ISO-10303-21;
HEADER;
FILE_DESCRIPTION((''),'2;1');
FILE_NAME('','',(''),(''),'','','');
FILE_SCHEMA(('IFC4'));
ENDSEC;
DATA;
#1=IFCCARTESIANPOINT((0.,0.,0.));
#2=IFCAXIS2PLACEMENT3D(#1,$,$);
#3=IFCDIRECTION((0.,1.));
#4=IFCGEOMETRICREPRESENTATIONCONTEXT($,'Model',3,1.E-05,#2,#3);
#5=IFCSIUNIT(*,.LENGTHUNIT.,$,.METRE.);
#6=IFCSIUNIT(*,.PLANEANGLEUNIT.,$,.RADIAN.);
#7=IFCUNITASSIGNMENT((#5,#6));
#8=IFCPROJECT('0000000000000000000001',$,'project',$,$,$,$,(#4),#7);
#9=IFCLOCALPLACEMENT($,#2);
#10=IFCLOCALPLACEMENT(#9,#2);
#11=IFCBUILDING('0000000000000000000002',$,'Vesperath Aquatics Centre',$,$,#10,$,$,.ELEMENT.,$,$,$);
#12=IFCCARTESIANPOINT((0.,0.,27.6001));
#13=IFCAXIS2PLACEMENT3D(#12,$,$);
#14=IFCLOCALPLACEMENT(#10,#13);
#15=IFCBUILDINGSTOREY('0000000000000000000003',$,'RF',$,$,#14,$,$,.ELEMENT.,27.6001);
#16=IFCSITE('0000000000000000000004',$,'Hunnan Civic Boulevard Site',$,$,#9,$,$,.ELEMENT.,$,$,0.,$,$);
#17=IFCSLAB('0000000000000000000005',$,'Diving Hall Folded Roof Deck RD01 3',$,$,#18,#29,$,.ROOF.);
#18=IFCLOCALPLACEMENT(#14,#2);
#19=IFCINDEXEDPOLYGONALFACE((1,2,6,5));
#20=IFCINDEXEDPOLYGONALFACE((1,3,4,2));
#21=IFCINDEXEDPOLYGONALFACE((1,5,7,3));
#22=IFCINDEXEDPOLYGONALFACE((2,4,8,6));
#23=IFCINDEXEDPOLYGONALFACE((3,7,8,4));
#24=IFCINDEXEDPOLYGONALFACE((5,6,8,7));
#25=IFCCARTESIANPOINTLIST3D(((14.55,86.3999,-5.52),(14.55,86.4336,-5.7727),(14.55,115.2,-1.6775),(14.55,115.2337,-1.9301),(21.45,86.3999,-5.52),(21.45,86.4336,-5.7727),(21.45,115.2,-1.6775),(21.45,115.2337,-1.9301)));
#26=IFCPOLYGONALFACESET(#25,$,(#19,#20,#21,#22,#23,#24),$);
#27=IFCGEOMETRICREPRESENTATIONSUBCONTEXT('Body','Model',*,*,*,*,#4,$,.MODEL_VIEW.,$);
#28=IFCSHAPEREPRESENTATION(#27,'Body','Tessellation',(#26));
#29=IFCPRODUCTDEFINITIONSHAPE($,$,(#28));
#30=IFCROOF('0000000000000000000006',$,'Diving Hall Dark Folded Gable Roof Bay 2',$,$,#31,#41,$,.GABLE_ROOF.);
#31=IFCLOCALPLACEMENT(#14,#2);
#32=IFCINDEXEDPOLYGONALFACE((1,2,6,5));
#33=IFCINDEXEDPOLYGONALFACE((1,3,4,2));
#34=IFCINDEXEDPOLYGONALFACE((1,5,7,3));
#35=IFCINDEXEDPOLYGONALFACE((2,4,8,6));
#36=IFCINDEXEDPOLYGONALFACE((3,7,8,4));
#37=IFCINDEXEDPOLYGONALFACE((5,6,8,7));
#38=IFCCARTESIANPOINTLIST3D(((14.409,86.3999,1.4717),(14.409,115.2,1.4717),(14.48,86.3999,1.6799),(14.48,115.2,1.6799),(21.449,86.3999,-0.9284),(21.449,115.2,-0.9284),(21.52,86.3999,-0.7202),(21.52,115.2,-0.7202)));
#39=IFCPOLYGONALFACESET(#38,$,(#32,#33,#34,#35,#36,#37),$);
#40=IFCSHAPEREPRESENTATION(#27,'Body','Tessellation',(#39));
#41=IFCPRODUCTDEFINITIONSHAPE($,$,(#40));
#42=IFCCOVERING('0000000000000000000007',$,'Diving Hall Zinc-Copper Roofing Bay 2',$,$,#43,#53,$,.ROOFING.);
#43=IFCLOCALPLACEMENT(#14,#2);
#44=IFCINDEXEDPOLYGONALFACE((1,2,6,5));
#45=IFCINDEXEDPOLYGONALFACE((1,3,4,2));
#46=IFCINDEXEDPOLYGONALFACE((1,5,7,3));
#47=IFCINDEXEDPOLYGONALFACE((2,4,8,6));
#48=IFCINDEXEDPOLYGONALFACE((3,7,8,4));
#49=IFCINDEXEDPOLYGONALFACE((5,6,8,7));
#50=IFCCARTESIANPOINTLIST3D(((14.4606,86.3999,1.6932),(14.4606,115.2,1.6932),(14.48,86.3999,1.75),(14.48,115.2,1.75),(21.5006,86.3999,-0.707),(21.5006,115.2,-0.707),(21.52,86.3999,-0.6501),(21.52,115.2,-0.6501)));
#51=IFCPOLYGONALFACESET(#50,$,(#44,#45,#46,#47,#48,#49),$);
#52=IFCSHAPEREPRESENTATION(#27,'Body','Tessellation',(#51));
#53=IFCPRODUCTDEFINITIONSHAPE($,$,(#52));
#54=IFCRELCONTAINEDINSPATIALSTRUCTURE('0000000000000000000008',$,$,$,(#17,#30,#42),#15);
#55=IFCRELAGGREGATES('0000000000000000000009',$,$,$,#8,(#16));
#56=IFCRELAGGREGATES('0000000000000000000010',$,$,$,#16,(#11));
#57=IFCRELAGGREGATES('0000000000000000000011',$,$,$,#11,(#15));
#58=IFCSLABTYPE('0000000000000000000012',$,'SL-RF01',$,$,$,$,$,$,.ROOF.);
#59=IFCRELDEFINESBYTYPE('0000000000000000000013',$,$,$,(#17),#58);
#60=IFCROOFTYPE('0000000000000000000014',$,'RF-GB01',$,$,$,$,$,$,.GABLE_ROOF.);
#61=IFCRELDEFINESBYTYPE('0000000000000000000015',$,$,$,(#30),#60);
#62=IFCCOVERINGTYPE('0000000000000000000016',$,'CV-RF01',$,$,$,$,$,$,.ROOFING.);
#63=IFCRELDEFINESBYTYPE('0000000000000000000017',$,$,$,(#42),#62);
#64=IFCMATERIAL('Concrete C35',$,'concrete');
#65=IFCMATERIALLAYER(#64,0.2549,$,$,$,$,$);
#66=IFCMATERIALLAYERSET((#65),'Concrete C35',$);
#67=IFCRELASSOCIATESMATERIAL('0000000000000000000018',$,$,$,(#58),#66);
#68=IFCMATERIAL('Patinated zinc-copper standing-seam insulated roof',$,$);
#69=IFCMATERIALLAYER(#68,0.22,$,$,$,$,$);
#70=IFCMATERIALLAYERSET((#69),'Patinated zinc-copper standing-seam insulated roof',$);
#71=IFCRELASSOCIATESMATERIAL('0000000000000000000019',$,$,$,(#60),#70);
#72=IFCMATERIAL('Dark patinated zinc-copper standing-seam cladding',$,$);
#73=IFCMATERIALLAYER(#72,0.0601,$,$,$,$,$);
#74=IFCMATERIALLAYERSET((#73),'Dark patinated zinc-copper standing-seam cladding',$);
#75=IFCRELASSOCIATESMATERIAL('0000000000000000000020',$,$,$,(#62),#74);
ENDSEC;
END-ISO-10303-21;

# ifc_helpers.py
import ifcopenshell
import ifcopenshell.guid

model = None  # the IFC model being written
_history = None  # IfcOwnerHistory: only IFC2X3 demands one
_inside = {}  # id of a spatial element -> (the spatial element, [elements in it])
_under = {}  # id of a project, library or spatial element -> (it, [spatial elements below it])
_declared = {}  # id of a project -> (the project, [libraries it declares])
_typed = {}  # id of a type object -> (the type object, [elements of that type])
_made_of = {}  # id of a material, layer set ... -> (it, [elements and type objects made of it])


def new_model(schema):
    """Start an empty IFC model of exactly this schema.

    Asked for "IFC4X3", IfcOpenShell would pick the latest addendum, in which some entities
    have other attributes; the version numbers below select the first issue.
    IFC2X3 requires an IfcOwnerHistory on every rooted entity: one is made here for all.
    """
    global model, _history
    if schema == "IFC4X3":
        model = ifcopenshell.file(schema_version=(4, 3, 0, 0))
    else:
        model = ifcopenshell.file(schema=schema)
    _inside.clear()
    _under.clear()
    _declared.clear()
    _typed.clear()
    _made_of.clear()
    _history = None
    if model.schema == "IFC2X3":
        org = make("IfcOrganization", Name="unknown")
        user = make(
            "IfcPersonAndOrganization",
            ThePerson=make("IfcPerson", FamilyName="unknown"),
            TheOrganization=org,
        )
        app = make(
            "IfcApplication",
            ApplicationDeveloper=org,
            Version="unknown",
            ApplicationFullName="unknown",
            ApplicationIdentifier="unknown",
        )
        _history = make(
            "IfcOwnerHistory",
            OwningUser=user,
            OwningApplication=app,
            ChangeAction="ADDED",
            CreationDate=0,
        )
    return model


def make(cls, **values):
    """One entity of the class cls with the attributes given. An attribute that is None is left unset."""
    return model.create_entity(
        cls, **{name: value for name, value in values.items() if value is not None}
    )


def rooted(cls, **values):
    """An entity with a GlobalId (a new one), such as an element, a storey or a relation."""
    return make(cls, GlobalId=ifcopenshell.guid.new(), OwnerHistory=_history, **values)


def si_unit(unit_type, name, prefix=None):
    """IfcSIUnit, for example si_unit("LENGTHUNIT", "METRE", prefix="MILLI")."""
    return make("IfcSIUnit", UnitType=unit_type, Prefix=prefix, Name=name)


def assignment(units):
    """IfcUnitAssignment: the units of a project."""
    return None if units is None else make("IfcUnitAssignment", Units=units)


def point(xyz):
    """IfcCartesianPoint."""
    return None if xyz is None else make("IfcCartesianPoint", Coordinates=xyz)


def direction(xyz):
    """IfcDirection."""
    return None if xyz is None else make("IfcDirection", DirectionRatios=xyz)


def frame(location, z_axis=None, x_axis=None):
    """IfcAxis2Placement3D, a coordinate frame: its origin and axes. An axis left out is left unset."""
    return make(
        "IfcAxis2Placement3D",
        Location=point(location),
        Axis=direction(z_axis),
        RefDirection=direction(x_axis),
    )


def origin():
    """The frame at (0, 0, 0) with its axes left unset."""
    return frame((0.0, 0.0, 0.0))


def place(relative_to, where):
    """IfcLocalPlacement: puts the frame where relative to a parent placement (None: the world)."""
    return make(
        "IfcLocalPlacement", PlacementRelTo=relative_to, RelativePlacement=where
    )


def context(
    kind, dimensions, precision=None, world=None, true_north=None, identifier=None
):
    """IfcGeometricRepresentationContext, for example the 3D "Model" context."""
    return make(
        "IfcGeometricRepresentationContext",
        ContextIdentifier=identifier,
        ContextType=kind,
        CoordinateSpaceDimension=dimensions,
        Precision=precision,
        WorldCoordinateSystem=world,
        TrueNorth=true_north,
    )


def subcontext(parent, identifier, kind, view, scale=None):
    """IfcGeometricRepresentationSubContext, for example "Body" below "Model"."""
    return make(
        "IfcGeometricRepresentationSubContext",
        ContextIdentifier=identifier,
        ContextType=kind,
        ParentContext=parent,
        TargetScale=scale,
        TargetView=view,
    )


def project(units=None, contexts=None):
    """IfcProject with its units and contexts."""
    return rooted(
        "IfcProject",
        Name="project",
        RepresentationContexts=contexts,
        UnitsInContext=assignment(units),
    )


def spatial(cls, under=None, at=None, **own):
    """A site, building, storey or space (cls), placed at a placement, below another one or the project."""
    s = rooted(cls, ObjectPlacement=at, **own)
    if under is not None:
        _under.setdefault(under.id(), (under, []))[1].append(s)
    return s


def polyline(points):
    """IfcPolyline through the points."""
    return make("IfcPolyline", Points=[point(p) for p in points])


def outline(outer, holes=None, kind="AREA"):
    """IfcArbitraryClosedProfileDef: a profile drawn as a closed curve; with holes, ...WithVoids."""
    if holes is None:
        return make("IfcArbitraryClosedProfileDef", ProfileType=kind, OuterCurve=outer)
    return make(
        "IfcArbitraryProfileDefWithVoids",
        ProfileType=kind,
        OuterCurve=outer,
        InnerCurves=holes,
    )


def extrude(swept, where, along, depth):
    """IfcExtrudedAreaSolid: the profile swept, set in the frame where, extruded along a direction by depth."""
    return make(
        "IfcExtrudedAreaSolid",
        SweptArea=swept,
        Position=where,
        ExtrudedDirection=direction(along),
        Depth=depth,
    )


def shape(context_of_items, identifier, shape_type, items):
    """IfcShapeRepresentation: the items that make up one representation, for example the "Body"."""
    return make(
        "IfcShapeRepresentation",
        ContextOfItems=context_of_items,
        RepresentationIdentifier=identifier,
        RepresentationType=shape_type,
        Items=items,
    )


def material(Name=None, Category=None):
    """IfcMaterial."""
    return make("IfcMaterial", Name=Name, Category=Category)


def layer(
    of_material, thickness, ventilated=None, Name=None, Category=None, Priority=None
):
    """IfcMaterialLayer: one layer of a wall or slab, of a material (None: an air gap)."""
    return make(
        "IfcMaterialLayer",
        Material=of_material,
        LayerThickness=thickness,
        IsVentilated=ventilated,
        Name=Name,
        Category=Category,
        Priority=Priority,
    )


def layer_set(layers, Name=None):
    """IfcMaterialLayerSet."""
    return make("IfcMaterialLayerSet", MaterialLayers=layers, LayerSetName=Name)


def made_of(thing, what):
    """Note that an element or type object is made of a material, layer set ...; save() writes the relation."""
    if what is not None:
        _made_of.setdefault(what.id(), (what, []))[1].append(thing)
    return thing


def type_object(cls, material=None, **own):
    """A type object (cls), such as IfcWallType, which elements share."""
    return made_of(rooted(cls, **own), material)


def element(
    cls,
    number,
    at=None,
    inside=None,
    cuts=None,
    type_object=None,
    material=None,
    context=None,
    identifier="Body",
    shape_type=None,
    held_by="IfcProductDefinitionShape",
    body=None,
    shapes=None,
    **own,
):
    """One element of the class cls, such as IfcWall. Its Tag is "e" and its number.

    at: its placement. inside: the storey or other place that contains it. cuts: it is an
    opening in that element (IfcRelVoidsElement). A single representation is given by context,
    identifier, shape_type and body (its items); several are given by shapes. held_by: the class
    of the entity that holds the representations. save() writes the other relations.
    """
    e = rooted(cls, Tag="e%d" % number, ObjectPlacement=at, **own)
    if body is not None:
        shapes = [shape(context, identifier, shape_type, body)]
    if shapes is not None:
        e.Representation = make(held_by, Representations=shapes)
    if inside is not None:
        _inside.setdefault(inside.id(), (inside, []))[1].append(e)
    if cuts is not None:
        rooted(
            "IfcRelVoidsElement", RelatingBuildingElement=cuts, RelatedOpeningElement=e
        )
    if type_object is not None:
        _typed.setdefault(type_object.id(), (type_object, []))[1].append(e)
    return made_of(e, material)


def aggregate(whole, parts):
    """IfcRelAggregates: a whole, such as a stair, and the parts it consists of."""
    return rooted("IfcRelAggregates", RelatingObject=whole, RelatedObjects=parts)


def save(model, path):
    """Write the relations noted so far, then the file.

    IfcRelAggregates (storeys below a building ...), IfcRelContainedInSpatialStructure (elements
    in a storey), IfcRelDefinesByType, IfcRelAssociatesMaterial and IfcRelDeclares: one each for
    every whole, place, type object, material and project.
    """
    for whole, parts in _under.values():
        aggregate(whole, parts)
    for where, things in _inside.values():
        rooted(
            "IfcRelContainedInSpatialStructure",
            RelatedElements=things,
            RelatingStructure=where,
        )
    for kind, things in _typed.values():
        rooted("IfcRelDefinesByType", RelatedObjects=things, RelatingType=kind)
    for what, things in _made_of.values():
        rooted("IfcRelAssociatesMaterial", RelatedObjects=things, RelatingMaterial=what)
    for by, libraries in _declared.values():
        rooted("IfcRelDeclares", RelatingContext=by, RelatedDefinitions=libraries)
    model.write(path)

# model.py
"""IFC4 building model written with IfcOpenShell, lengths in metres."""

from ifc_helpers import new_model, si_unit, direction, frame, origin, place, context, subcontext, project, spatial, polyline, outline, extrude, material, layer, layer_set, type_object, element, save


model = new_model("IFC4")

# Units and contexts
model_context = context("Model", 3, precision=1e-05, world=origin(), true_north=direction((0.0, 1.0)))
body_context = subcontext(model_context, "Body", "Model", "MODEL_VIEW")
ifc_project = project(units=[si_unit("LENGTHUNIT", "METRE"), si_unit("PLANEANGLEUNIT", "RADIAN")], contexts=[model_context])

# Site, building, storey
site_placement = place(None, origin())
site = spatial("IfcSite", under=ifc_project, at=site_placement, Name="Hunnan Civic Boulevard Site", CompositionType="ELEMENT", RefElevation=0.0)
building_placement = place(site_placement, origin())
building = spatial("IfcBuilding", under=site, at=building_placement, Name="Vesperath Aquatics Centre", CompositionType="ELEMENT")
storey_placement = place(building_placement, frame((0.0, 0.0, 27.6001)))
storey = spatial("IfcBuildingStorey", under=building, at=storey_placement, Name="RF", CompositionType="ELEMENT", Elevation=27.6001)

# Slab
ifc_material_1 = material(Name="Concrete C35", Category="concrete")
ifc_layer_1 = layer(ifc_material_1, 0.2549)
ifc_layer_set_1 = layer_set([ifc_layer_1], Name="Concrete C35")
slab_type = type_object("IfcSlabType", Name="SL-RF01", PredefinedType="ROOF", material=ifc_layer_set_1)
slab_placement = place(storey_placement, frame((14.55, 86.3999, -5.52), z_axis=(0.0, -0.132249, 0.991217), x_axis=(1.0, 0.0, 0.0)))
element("IfcSlab", 1, at=slab_placement, inside=storey, type_object=slab_type, Name="Diving Hall Folded Roof Deck RD01 3", PredefinedType="ROOF", context=body_context, shape_type="SweptSolid", body=[
    extrude(outline(polyline([(0.0, 0.0), (6.8999, 0.0), (6.8999, 29.0553), (0.0, 29.0553), (0.0, 0.0)])), origin(), (0.0, 0.0, -1.0), 0.2549),
])

# Roof
ifc_material_2 = material(Name="Patinated zinc-copper standing-seam insulated roof")
ifc_layer_2 = layer(ifc_material_2, 0.22)
ifc_layer_set_2 = layer_set([ifc_layer_2], Name="Patinated zinc-copper standing-seam insulated roof")
roof_type = type_object("IfcRoofType", Name="RF-GB01", PredefinedType="GABLE_ROOF", material=ifc_layer_set_2)
roof_placement = place(storey_placement, frame((14.48, 86.3999, 1.6799), z_axis=(0.32269, 0.0, 0.946505), x_axis=(0.946505, 0.0, -0.32269)))
element("IfcRoof", 2, at=roof_placement, inside=storey, type_object=roof_type, Name="Diving Hall Dark Folded Gable Roof Bay 2", PredefinedType="GABLE_ROOF", context=body_context, shape_type="SweptSolid", body=[
    extrude(outline(polyline([(0.0, 0.0), (7.4379, 0.0), (7.4379, 28.8), (0.0, 28.8), (0.0, 0.0)])), origin(), (0.0, 0.0, -1.0), 0.22),
])

# Covering
ifc_material_3 = material(Name="Dark patinated zinc-copper standing-seam cladding")
ifc_layer_3 = layer(ifc_material_3, 0.0601)
ifc_layer_set_3 = layer_set([ifc_layer_3], Name="Dark patinated zinc-copper standing-seam cladding")
covering_type = type_object("IfcCoveringType", Name="CV-RF01", PredefinedType="ROOFING", material=ifc_layer_set_3)
covering_placement = place(storey_placement, frame((14.48, 86.3999, 1.75), z_axis=(0.32269, 0.0, 0.946505), x_axis=(0.946505, 0.0, -0.32269)))
element("IfcCovering", 3, at=covering_placement, inside=storey, type_object=covering_type, Name="Diving Hall Zinc-Copper Roofing Bay 2", PredefinedType="ROOFING", context=body_context, shape_type="SweptSolid", body=[
    extrude(outline(polyline([(0.0, 0.0), (7.4379, 0.0), (7.4379, 28.8), (0.0, 28.8), (0.0, 0.0)])), origin(), (0.0, 0.0, -1.0), 0.0601),
])

save(model, "model.ifc")
